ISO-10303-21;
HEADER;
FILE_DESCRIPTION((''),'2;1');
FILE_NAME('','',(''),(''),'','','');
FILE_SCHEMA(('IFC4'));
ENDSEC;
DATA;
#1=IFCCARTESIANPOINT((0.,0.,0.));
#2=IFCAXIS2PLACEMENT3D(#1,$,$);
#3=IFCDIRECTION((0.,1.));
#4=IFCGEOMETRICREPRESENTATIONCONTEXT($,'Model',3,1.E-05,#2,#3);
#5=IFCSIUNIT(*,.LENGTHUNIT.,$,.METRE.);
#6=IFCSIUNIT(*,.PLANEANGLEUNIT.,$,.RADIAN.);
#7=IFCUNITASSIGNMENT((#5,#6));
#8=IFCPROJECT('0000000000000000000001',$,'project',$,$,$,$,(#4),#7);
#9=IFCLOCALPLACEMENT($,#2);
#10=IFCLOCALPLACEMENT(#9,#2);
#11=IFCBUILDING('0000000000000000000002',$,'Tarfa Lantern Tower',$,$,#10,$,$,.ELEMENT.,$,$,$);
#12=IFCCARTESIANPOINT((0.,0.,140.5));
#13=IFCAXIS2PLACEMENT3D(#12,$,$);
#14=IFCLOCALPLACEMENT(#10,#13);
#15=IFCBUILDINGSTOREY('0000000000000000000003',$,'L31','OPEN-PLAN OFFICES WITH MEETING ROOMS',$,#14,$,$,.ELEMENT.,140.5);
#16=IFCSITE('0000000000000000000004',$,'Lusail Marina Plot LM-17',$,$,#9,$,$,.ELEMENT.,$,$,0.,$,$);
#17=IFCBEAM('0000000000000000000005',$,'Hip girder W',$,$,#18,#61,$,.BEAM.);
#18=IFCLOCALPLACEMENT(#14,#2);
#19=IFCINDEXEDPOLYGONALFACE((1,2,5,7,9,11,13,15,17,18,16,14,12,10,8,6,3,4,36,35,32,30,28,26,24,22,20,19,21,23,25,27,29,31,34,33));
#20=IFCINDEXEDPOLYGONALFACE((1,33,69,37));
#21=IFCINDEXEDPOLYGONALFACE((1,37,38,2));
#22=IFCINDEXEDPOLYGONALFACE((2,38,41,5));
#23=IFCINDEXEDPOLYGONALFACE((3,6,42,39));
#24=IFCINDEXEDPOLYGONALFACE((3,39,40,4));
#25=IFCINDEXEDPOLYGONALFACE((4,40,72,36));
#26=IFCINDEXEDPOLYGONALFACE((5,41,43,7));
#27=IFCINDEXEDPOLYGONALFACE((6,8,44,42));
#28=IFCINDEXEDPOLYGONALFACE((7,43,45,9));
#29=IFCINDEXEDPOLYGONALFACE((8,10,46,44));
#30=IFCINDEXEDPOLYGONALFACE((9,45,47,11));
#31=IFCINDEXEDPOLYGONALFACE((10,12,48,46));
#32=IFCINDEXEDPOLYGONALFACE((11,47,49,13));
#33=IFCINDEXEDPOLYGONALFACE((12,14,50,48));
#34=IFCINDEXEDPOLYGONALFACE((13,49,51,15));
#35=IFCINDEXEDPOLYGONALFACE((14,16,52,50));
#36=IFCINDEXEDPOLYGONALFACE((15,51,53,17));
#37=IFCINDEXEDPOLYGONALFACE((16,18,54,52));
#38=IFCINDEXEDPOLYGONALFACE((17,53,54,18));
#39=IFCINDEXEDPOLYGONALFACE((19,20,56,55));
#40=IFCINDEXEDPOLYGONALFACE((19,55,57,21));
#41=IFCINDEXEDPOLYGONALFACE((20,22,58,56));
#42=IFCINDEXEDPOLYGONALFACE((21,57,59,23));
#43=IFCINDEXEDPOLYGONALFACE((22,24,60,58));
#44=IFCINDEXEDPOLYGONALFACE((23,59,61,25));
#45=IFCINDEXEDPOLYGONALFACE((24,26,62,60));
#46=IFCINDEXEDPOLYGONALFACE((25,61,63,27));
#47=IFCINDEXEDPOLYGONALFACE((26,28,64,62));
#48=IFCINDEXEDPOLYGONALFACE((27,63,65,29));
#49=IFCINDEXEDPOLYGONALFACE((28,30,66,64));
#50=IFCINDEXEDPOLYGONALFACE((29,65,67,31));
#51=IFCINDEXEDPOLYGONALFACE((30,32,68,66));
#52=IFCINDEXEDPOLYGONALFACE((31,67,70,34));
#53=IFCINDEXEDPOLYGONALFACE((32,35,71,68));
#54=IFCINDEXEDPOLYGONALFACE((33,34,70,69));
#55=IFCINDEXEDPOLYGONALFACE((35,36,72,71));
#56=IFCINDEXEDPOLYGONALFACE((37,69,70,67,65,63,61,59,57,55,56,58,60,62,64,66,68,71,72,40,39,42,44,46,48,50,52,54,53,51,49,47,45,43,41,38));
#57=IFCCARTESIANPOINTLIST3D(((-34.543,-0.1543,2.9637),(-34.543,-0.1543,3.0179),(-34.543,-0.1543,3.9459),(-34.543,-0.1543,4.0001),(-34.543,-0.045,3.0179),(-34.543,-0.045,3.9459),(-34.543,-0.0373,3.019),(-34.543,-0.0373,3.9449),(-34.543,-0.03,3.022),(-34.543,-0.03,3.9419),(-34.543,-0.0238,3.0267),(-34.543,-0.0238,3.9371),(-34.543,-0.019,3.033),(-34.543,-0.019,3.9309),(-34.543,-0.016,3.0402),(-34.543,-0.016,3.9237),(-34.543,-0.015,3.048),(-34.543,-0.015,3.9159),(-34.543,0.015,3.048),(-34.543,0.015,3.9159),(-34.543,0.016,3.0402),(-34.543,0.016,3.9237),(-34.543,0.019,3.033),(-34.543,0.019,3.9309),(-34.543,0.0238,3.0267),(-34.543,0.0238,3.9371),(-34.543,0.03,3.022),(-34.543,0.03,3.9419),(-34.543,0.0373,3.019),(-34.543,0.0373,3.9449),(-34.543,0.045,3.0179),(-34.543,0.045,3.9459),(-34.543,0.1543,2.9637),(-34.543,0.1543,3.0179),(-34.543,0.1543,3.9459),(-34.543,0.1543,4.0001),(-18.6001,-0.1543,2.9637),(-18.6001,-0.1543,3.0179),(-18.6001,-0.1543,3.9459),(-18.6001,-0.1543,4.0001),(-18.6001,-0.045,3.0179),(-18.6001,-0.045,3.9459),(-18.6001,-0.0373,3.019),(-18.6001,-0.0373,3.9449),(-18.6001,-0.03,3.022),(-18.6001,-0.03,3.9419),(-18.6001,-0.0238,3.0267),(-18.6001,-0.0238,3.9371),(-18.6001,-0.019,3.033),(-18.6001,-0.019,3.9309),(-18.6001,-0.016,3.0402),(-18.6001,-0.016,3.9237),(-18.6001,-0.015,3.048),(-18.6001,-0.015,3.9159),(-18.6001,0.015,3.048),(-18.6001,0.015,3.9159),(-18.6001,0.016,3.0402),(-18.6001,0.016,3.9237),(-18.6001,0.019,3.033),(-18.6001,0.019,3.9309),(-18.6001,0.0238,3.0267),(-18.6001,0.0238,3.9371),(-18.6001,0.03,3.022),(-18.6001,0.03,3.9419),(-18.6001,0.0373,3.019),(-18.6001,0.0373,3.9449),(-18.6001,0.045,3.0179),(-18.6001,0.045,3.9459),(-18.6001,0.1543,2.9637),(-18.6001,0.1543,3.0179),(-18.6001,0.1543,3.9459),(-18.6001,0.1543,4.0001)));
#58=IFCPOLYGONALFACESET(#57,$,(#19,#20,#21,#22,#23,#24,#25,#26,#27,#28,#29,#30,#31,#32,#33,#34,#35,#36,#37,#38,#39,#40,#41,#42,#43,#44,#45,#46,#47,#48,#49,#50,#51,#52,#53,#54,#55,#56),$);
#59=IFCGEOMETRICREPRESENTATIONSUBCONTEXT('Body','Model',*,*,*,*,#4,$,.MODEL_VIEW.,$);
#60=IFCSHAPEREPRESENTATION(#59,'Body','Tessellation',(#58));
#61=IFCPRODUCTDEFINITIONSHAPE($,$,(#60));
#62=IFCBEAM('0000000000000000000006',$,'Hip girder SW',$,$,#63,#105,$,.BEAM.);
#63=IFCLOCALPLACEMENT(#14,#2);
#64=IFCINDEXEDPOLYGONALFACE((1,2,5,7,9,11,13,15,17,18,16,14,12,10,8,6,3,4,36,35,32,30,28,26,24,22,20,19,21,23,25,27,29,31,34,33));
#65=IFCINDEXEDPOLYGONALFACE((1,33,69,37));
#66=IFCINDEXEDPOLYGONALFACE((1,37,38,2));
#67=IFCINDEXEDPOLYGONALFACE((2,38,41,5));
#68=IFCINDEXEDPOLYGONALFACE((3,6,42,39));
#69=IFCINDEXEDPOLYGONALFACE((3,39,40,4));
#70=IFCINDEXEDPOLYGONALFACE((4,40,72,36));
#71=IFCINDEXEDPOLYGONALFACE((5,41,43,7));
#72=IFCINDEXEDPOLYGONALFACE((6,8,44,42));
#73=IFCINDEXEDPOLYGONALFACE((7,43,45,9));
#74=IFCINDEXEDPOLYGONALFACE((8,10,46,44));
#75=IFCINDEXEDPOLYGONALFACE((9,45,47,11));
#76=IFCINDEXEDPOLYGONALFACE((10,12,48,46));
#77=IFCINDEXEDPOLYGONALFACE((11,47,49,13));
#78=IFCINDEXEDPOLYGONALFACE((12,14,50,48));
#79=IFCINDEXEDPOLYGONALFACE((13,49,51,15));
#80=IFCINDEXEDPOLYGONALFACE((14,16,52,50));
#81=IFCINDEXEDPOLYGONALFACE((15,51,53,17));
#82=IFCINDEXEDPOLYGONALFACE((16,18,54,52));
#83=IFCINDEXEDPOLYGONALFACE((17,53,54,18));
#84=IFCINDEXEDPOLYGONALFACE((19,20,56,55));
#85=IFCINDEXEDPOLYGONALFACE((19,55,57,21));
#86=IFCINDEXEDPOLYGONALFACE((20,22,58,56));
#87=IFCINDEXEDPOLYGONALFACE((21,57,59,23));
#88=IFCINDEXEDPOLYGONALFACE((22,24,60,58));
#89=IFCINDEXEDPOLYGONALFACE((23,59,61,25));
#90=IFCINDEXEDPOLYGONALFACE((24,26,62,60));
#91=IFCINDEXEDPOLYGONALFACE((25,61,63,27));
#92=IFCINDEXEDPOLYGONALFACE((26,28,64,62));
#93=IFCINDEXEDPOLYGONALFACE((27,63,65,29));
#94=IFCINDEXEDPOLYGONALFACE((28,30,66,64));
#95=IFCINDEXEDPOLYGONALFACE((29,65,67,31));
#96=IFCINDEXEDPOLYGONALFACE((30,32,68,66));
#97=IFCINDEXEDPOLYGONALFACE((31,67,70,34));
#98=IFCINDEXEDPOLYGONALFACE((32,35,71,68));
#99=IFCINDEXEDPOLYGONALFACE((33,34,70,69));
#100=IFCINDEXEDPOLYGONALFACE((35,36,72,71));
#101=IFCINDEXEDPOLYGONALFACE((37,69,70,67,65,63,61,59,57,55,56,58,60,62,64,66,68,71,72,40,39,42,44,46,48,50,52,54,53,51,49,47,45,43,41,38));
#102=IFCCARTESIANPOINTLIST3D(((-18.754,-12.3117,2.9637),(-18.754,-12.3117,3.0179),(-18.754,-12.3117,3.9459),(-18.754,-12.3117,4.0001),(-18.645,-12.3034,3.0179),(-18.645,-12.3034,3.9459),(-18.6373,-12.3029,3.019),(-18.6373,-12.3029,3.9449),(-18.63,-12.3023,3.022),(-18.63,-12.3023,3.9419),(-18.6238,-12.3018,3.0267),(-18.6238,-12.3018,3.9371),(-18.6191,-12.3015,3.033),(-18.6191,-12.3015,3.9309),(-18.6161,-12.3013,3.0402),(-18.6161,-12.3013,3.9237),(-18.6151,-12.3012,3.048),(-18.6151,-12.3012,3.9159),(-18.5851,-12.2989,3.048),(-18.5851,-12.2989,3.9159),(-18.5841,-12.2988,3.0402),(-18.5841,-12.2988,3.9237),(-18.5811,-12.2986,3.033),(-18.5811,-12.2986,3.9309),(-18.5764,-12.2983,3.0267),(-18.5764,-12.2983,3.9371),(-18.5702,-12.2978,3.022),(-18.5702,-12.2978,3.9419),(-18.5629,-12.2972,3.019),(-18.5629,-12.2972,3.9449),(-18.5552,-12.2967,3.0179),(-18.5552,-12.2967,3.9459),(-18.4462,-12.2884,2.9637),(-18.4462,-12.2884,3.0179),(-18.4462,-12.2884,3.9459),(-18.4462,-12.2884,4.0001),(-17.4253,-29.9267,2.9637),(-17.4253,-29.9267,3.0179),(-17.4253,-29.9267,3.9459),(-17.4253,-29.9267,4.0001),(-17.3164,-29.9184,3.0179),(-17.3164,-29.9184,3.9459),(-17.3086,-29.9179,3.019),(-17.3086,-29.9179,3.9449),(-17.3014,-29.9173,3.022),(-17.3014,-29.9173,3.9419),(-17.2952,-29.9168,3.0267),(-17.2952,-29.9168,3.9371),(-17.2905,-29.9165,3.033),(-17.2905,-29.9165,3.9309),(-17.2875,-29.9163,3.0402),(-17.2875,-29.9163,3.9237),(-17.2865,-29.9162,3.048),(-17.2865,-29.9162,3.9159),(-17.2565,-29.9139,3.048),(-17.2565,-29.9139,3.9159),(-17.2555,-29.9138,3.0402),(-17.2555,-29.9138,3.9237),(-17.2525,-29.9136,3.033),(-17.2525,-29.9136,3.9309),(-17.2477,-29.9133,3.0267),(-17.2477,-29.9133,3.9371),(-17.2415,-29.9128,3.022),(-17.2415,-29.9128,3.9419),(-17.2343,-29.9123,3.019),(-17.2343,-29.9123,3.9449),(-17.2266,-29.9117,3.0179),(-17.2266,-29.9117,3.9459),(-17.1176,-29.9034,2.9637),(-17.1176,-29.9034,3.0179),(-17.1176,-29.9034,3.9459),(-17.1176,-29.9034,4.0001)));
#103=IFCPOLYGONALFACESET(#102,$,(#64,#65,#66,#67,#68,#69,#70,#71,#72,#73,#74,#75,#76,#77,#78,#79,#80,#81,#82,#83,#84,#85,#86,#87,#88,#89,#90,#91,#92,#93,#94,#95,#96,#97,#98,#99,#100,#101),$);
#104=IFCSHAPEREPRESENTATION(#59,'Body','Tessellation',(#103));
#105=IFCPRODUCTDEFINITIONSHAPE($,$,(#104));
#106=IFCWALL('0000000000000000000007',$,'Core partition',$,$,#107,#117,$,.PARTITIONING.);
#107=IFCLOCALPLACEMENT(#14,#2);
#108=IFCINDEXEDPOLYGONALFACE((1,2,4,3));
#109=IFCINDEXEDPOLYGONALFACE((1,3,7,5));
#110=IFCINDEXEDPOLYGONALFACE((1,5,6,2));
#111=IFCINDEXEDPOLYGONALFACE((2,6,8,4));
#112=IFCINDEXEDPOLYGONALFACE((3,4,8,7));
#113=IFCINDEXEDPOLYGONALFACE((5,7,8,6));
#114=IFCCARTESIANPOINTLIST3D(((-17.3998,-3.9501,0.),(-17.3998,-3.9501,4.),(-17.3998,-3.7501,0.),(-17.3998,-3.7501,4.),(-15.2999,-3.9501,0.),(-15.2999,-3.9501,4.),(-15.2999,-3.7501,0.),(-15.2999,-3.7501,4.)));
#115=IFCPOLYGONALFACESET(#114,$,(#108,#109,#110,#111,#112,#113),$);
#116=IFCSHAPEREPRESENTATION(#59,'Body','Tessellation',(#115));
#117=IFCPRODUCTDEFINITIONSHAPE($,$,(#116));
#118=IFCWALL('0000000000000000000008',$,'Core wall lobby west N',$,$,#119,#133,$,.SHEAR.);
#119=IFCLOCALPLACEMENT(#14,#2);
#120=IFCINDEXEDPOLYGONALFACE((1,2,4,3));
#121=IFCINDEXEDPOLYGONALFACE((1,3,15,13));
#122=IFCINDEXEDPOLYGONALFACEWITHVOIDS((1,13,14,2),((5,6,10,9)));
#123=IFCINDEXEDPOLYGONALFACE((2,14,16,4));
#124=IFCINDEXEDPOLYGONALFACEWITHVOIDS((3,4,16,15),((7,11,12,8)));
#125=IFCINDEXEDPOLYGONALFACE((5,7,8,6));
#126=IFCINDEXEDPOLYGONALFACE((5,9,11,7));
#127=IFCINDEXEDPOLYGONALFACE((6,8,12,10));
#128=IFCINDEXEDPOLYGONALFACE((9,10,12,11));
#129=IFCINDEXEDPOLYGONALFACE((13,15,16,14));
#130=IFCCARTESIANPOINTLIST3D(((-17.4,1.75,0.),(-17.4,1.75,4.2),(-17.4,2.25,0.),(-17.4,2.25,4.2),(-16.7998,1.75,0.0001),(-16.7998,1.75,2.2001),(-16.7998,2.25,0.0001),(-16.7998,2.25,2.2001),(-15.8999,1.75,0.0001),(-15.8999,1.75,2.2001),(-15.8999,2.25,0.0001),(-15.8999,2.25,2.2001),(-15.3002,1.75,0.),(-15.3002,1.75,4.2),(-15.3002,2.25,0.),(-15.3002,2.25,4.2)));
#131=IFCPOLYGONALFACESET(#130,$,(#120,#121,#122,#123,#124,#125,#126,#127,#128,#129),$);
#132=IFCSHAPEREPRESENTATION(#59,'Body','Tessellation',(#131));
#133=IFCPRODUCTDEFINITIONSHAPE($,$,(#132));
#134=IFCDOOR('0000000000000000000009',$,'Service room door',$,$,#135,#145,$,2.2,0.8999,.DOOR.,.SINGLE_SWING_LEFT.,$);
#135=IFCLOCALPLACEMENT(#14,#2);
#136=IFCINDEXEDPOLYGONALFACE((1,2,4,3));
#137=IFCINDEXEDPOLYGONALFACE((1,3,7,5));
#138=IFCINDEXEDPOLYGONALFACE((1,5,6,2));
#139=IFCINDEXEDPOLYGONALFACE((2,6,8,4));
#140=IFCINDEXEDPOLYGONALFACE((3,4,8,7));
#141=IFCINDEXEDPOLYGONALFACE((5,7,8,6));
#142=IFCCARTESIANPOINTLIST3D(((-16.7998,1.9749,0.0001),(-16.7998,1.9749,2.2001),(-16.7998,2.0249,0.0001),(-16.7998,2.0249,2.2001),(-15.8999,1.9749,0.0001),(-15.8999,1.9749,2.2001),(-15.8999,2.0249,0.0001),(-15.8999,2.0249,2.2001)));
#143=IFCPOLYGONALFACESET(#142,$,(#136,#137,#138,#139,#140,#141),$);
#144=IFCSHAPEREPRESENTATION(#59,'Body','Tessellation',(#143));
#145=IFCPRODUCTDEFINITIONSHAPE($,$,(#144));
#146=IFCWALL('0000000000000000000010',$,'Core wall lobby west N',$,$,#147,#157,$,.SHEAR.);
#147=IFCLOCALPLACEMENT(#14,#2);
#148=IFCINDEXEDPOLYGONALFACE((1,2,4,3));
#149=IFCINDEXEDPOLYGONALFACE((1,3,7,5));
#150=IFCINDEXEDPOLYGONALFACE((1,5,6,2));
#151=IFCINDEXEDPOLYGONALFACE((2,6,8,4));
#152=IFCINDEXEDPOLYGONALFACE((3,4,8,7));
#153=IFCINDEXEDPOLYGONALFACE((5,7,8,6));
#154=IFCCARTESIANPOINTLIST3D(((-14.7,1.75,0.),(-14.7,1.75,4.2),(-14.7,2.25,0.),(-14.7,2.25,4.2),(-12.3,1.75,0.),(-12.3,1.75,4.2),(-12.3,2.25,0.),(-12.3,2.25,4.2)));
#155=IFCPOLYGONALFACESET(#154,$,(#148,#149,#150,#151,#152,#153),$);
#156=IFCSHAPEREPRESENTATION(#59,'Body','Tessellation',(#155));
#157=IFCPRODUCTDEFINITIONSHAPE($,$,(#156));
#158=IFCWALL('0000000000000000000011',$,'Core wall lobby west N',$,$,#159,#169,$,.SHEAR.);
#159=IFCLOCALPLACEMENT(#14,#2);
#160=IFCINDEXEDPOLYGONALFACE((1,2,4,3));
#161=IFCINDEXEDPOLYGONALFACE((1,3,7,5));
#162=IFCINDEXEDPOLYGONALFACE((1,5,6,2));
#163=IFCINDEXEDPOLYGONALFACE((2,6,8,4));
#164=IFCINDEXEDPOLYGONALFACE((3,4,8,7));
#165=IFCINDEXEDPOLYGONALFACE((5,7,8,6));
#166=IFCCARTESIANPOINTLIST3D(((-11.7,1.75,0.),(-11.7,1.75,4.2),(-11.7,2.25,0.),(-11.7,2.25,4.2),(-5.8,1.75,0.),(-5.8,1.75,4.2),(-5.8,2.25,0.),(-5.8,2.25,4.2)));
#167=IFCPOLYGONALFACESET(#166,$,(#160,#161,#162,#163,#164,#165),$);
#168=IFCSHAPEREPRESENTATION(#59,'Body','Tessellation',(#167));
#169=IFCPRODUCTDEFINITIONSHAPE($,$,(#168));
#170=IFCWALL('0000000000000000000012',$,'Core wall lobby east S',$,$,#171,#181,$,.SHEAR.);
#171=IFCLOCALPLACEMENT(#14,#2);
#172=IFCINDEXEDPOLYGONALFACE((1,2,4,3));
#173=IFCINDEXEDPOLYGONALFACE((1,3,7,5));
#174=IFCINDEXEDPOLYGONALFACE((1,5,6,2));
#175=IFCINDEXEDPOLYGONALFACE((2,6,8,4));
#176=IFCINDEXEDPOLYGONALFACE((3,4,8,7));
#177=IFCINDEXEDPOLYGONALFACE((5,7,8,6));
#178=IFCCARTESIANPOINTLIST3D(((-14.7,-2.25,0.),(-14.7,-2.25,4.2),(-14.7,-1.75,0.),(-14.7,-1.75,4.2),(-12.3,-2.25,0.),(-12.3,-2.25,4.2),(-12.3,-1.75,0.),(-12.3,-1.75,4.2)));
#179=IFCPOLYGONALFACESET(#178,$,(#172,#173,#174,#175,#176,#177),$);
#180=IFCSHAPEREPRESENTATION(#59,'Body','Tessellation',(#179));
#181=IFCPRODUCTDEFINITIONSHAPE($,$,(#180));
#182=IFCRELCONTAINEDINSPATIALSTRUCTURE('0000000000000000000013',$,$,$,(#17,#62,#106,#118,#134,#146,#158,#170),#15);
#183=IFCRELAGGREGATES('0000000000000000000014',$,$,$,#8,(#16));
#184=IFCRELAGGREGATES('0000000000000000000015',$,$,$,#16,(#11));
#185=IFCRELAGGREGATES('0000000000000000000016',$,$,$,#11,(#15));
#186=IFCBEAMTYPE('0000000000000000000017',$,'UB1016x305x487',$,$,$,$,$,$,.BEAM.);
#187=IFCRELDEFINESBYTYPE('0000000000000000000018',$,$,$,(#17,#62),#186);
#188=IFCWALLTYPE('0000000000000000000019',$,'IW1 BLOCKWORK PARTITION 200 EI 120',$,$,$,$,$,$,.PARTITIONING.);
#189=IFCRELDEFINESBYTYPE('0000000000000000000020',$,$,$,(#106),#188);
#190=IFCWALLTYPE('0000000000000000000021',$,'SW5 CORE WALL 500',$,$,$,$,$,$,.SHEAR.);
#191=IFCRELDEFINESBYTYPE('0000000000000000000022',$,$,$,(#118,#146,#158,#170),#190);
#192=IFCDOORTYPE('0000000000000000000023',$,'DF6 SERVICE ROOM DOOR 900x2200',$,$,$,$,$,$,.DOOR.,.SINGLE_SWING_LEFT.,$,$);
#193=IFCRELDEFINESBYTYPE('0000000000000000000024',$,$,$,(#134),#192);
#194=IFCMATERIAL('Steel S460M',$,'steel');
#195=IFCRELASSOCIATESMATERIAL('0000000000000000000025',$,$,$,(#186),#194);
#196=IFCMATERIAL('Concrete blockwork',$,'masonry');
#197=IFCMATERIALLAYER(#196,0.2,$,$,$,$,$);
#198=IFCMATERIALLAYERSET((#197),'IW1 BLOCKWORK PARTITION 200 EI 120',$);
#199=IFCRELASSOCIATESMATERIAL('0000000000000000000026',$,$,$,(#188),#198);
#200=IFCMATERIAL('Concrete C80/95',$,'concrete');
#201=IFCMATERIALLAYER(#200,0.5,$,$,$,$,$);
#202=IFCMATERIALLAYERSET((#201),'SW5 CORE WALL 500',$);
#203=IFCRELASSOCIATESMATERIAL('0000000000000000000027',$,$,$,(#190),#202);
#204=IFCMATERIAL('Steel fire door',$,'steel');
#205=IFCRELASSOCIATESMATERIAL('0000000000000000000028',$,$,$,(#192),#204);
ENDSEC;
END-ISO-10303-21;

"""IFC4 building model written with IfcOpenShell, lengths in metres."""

from ifc_helpers import new_model, si_unit, direction, frame, frame_2d, origin, origin_2d, place, context, subcontext, project, spatial, rectangle, i_section, extrude, material, layer, layer_set, material_profile, profile_set, type_object, element, fill, save


model = new_model("IFC4")

# Units and contexts
model_context = context("Model", 3, precision=1e-05, world=origin(), true_north=direction((0.0, 1.0)))
body_context = subcontext(model_context, "Body", "Model", "MODEL_VIEW")
ifc_project = project(units=[si_unit("LENGTHUNIT", "METRE"), si_unit("PLANEANGLEUNIT", "RADIAN")], contexts=[model_context])

# Site, building, storey
site_placement = place(None, origin())
site = spatial("IfcSite", under=ifc_project, at=site_placement, Name="Lusail Marina Plot LM-17", CompositionType="ELEMENT", RefElevation=0.0)
building_placement = place(site_placement, origin())
building = spatial("IfcBuilding", under=site, at=building_placement, Name="Tarfa Lantern Tower", CompositionType="ELEMENT")
storey_placement = place(building_placement, frame((0.0, 0.0, 140.5)))
storey = spatial("IfcBuildingStorey", under=building, at=storey_placement, Name="L31", Description="OPEN-PLAN OFFICES WITH MEETING ROOMS", CompositionType="ELEMENT", Elevation=140.5)

# Beams
ifc_material_1 = material(Name="Steel S460M", Category="steel")
ifc_material_profile = material_profile(ifc_material_1, i_section(OverallWidth=0.3086, OverallDepth=1.0364, WebThickness=0.03, FlangeThickness=0.0542, FilletRadius=0.03, at=origin_2d()), Name="UB1016x305x487")
ifc_profile_set = profile_set([ifc_material_profile], Name="Steel S460M")
beam_type = type_object("IfcBeamType", Name="UB1016x305x487", PredefinedType="BEAM", material=ifc_profile_set)
beam_1_placement = place(storey_placement, frame((-18.6001, 0.0, 3.4819), z_axis=(-1.0, 0.0, 0.0), x_axis=(0.0, -1.0, 0.0)))
element("IfcBeam", 1, at=beam_1_placement, inside=storey, type_object=beam_type, Name="Hip girder W", PredefinedType="BEAM", context=body_context, shape_type="SweptSolid", body=[
    extrude(i_section(OverallWidth=0.3086, OverallDepth=1.0364, WebThickness=0.03, FlangeThickness=0.0542, FilletRadius=0.03, at=origin_2d()), origin(), (0.0, 0.0, 1.0), 15.9429),
])
beam_2_placement = place(storey_placement, frame((-18.6001, -12.3, 3.4819), z_axis=(0.075212, -0.997168, 0.0), x_axis=(0.997168, 0.075212, 0.0)))
element("IfcBeam", 2, at=beam_2_placement, inside=storey, type_object=beam_type, Name="Hip girder SW", PredefinedType="BEAM", context=body_context, shape_type="SweptSolid", body=[
    extrude(i_section(OverallWidth=0.3086, OverallDepth=1.0364, WebThickness=0.03, FlangeThickness=0.0542, FilletRadius=0.03, at=origin_2d()), origin(), (0.0, 0.0, 1.0), 17.665),
])

# Wall
ifc_material_2 = material(Name="Concrete blockwork", Category="masonry")
ifc_layer_1 = layer(ifc_material_2, 0.2)
ifc_layer_set_1 = layer_set([ifc_layer_1], Name="IW1 BLOCKWORK PARTITION 200 EI 120")
wall_type_1 = type_object("IfcWallType", Name="IW1 BLOCKWORK PARTITION 200 EI 120", PredefinedType="PARTITIONING", material=ifc_layer_set_1)
wall_1_placement = place(storey_placement, frame((-15.3, -3.8501, 0.0), z_axis=(0.0, 0.0, 1.0), x_axis=(-1.0, 0.0, 0.0)))
element("IfcWall", 3, at=wall_1_placement, inside=storey, type_object=wall_type_1, Name="Core partition", PredefinedType="PARTITIONING", context=body_context, shape_type="SweptSolid", body=[
    extrude(rectangle(XDim=2.0999, YDim=0.2, at=frame_2d((1.0498, 0.0))), origin(), (0.0, 0.0, 1.0), 4.0),
])

# Wall, opening, door
ifc_material_3 = material(Name="Concrete C80/95", Category="concrete")
ifc_layer_2 = layer(ifc_material_3, 0.5)
ifc_layer_set_2 = layer_set([ifc_layer_2], Name="SW5 CORE WALL 500")
wall_type_2 = type_object("IfcWallType", Name="SW5 CORE WALL 500", PredefinedType="SHEAR", material=ifc_layer_set_2)
wall_2_placement = place(storey_placement, frame((-17.3999, 2.0, 0.0), z_axis=(0.0, 0.0, 1.0), x_axis=(1.0, 0.0, 0.0)))
wall_2 = element("IfcWall", 4, at=wall_2_placement, inside=storey, type_object=wall_type_2, Name="Core wall lobby west N", PredefinedType="SHEAR", context=body_context, shape_type="SweptSolid", body=[
    extrude(rectangle(XDim=2.0999, YDim=0.5, at=frame_2d((1.0498, 0.0))), origin(), (0.0, 0.0, 1.0), 4.2),
])
opening_1_placement = place(wall_2_placement, frame((0.6001, 0.0, 0.0)))
opening_1 = element("IfcOpeningElement", 5, at=opening_1_placement, cuts=wall_2, PredefinedType="OPENING", context=body_context, shape_type="SweptSolid", body=[
    extrude(rectangle(XDim=0.8999, YDim=2.2, at=frame_2d((0.45, 1.1001))), frame((0.0, 0.26, 0.0), z_axis=(0.0, -1.0, 0.0), x_axis=(1.0, 0.0, 0.0)), (0.0, 0.0, 1.0), 0.52),
])
ifc_material_4 = material(Name="Steel fire door", Category="steel")
door_type_1 = type_object("IfcDoorType", Name="DF6 SERVICE ROOM DOOR 900x2200", OperationType="SINGLE_SWING_LEFT", PredefinedType="DOOR", material=ifc_material_4)
door_1_placement = place(opening_1_placement, origin())
door_1 = element("IfcDoor", 6, at=door_1_placement, inside=storey, type_object=door_type_1, Name="Service room door", OperationType="SINGLE_SWING_LEFT", OverallHeight=2.2, OverallWidth=0.8999, PredefinedType="DOOR", context=body_context, shape_type="SweptSolid", body=[
    extrude(rectangle(XDim=0.8999, YDim=2.2, at=frame_2d((0.45, 1.1001))), frame((0.0, 0.0249, 0.0), z_axis=(0.0, -1.0, 0.0), x_axis=(1.0, 0.0, 0.0)), (0.0, 0.0, 1.0), 0.05),
])
fill(opening_1, door_1)

# Walls
wall_3_placement = place(storey_placement, frame((-14.7, 2.0, 0.0), z_axis=(0.0, 0.0, 1.0), x_axis=(1.0, 0.0, 0.0)))
element("IfcWall", 7, at=wall_3_placement, inside=storey, type_object=wall_type_2, Name="Core wall lobby west N", PredefinedType="SHEAR", context=body_context, shape_type="SweptSolid", body=[
    extrude(rectangle(XDim=2.3999, YDim=0.5, at=frame_2d((1.2, 0.0))), origin(), (0.0, 0.0, 1.0), 4.2),
])
wall_4_placement = place(storey_placement, frame((-11.7, 2.0, 0.0), z_axis=(0.0, 0.0, 1.0), x_axis=(1.0, 0.0, 0.0)))
element("IfcWall", 8, at=wall_4_placement, inside=storey, type_object=wall_type_2, Name="Core wall lobby west N", PredefinedType="SHEAR", context=body_context, shape_type="SweptSolid", body=[
    extrude(rectangle(XDim=5.8999, YDim=0.5, at=frame_2d((2.95, 0.0))), origin(), (0.0, 0.0, 1.0), 4.2),
])
wall_5_placement = place(storey_placement, frame((-12.3, -2.0, 0.0), z_axis=(0.0, 0.0, 1.0), x_axis=(-1.0, 0.0, 0.0)))
element("IfcWall", 9, at=wall_5_placement, inside=storey, type_object=wall_type_2, Name="Core wall lobby east S", PredefinedType="SHEAR", context=body_context, shape_type="SweptSolid", body=[
    extrude(rectangle(XDim=2.3999, YDim=0.5, at=frame_2d((1.2, 0.0))), origin(), (0.0, 0.0, 1.0), 4.2),
])

save(model, "model.ifc")
